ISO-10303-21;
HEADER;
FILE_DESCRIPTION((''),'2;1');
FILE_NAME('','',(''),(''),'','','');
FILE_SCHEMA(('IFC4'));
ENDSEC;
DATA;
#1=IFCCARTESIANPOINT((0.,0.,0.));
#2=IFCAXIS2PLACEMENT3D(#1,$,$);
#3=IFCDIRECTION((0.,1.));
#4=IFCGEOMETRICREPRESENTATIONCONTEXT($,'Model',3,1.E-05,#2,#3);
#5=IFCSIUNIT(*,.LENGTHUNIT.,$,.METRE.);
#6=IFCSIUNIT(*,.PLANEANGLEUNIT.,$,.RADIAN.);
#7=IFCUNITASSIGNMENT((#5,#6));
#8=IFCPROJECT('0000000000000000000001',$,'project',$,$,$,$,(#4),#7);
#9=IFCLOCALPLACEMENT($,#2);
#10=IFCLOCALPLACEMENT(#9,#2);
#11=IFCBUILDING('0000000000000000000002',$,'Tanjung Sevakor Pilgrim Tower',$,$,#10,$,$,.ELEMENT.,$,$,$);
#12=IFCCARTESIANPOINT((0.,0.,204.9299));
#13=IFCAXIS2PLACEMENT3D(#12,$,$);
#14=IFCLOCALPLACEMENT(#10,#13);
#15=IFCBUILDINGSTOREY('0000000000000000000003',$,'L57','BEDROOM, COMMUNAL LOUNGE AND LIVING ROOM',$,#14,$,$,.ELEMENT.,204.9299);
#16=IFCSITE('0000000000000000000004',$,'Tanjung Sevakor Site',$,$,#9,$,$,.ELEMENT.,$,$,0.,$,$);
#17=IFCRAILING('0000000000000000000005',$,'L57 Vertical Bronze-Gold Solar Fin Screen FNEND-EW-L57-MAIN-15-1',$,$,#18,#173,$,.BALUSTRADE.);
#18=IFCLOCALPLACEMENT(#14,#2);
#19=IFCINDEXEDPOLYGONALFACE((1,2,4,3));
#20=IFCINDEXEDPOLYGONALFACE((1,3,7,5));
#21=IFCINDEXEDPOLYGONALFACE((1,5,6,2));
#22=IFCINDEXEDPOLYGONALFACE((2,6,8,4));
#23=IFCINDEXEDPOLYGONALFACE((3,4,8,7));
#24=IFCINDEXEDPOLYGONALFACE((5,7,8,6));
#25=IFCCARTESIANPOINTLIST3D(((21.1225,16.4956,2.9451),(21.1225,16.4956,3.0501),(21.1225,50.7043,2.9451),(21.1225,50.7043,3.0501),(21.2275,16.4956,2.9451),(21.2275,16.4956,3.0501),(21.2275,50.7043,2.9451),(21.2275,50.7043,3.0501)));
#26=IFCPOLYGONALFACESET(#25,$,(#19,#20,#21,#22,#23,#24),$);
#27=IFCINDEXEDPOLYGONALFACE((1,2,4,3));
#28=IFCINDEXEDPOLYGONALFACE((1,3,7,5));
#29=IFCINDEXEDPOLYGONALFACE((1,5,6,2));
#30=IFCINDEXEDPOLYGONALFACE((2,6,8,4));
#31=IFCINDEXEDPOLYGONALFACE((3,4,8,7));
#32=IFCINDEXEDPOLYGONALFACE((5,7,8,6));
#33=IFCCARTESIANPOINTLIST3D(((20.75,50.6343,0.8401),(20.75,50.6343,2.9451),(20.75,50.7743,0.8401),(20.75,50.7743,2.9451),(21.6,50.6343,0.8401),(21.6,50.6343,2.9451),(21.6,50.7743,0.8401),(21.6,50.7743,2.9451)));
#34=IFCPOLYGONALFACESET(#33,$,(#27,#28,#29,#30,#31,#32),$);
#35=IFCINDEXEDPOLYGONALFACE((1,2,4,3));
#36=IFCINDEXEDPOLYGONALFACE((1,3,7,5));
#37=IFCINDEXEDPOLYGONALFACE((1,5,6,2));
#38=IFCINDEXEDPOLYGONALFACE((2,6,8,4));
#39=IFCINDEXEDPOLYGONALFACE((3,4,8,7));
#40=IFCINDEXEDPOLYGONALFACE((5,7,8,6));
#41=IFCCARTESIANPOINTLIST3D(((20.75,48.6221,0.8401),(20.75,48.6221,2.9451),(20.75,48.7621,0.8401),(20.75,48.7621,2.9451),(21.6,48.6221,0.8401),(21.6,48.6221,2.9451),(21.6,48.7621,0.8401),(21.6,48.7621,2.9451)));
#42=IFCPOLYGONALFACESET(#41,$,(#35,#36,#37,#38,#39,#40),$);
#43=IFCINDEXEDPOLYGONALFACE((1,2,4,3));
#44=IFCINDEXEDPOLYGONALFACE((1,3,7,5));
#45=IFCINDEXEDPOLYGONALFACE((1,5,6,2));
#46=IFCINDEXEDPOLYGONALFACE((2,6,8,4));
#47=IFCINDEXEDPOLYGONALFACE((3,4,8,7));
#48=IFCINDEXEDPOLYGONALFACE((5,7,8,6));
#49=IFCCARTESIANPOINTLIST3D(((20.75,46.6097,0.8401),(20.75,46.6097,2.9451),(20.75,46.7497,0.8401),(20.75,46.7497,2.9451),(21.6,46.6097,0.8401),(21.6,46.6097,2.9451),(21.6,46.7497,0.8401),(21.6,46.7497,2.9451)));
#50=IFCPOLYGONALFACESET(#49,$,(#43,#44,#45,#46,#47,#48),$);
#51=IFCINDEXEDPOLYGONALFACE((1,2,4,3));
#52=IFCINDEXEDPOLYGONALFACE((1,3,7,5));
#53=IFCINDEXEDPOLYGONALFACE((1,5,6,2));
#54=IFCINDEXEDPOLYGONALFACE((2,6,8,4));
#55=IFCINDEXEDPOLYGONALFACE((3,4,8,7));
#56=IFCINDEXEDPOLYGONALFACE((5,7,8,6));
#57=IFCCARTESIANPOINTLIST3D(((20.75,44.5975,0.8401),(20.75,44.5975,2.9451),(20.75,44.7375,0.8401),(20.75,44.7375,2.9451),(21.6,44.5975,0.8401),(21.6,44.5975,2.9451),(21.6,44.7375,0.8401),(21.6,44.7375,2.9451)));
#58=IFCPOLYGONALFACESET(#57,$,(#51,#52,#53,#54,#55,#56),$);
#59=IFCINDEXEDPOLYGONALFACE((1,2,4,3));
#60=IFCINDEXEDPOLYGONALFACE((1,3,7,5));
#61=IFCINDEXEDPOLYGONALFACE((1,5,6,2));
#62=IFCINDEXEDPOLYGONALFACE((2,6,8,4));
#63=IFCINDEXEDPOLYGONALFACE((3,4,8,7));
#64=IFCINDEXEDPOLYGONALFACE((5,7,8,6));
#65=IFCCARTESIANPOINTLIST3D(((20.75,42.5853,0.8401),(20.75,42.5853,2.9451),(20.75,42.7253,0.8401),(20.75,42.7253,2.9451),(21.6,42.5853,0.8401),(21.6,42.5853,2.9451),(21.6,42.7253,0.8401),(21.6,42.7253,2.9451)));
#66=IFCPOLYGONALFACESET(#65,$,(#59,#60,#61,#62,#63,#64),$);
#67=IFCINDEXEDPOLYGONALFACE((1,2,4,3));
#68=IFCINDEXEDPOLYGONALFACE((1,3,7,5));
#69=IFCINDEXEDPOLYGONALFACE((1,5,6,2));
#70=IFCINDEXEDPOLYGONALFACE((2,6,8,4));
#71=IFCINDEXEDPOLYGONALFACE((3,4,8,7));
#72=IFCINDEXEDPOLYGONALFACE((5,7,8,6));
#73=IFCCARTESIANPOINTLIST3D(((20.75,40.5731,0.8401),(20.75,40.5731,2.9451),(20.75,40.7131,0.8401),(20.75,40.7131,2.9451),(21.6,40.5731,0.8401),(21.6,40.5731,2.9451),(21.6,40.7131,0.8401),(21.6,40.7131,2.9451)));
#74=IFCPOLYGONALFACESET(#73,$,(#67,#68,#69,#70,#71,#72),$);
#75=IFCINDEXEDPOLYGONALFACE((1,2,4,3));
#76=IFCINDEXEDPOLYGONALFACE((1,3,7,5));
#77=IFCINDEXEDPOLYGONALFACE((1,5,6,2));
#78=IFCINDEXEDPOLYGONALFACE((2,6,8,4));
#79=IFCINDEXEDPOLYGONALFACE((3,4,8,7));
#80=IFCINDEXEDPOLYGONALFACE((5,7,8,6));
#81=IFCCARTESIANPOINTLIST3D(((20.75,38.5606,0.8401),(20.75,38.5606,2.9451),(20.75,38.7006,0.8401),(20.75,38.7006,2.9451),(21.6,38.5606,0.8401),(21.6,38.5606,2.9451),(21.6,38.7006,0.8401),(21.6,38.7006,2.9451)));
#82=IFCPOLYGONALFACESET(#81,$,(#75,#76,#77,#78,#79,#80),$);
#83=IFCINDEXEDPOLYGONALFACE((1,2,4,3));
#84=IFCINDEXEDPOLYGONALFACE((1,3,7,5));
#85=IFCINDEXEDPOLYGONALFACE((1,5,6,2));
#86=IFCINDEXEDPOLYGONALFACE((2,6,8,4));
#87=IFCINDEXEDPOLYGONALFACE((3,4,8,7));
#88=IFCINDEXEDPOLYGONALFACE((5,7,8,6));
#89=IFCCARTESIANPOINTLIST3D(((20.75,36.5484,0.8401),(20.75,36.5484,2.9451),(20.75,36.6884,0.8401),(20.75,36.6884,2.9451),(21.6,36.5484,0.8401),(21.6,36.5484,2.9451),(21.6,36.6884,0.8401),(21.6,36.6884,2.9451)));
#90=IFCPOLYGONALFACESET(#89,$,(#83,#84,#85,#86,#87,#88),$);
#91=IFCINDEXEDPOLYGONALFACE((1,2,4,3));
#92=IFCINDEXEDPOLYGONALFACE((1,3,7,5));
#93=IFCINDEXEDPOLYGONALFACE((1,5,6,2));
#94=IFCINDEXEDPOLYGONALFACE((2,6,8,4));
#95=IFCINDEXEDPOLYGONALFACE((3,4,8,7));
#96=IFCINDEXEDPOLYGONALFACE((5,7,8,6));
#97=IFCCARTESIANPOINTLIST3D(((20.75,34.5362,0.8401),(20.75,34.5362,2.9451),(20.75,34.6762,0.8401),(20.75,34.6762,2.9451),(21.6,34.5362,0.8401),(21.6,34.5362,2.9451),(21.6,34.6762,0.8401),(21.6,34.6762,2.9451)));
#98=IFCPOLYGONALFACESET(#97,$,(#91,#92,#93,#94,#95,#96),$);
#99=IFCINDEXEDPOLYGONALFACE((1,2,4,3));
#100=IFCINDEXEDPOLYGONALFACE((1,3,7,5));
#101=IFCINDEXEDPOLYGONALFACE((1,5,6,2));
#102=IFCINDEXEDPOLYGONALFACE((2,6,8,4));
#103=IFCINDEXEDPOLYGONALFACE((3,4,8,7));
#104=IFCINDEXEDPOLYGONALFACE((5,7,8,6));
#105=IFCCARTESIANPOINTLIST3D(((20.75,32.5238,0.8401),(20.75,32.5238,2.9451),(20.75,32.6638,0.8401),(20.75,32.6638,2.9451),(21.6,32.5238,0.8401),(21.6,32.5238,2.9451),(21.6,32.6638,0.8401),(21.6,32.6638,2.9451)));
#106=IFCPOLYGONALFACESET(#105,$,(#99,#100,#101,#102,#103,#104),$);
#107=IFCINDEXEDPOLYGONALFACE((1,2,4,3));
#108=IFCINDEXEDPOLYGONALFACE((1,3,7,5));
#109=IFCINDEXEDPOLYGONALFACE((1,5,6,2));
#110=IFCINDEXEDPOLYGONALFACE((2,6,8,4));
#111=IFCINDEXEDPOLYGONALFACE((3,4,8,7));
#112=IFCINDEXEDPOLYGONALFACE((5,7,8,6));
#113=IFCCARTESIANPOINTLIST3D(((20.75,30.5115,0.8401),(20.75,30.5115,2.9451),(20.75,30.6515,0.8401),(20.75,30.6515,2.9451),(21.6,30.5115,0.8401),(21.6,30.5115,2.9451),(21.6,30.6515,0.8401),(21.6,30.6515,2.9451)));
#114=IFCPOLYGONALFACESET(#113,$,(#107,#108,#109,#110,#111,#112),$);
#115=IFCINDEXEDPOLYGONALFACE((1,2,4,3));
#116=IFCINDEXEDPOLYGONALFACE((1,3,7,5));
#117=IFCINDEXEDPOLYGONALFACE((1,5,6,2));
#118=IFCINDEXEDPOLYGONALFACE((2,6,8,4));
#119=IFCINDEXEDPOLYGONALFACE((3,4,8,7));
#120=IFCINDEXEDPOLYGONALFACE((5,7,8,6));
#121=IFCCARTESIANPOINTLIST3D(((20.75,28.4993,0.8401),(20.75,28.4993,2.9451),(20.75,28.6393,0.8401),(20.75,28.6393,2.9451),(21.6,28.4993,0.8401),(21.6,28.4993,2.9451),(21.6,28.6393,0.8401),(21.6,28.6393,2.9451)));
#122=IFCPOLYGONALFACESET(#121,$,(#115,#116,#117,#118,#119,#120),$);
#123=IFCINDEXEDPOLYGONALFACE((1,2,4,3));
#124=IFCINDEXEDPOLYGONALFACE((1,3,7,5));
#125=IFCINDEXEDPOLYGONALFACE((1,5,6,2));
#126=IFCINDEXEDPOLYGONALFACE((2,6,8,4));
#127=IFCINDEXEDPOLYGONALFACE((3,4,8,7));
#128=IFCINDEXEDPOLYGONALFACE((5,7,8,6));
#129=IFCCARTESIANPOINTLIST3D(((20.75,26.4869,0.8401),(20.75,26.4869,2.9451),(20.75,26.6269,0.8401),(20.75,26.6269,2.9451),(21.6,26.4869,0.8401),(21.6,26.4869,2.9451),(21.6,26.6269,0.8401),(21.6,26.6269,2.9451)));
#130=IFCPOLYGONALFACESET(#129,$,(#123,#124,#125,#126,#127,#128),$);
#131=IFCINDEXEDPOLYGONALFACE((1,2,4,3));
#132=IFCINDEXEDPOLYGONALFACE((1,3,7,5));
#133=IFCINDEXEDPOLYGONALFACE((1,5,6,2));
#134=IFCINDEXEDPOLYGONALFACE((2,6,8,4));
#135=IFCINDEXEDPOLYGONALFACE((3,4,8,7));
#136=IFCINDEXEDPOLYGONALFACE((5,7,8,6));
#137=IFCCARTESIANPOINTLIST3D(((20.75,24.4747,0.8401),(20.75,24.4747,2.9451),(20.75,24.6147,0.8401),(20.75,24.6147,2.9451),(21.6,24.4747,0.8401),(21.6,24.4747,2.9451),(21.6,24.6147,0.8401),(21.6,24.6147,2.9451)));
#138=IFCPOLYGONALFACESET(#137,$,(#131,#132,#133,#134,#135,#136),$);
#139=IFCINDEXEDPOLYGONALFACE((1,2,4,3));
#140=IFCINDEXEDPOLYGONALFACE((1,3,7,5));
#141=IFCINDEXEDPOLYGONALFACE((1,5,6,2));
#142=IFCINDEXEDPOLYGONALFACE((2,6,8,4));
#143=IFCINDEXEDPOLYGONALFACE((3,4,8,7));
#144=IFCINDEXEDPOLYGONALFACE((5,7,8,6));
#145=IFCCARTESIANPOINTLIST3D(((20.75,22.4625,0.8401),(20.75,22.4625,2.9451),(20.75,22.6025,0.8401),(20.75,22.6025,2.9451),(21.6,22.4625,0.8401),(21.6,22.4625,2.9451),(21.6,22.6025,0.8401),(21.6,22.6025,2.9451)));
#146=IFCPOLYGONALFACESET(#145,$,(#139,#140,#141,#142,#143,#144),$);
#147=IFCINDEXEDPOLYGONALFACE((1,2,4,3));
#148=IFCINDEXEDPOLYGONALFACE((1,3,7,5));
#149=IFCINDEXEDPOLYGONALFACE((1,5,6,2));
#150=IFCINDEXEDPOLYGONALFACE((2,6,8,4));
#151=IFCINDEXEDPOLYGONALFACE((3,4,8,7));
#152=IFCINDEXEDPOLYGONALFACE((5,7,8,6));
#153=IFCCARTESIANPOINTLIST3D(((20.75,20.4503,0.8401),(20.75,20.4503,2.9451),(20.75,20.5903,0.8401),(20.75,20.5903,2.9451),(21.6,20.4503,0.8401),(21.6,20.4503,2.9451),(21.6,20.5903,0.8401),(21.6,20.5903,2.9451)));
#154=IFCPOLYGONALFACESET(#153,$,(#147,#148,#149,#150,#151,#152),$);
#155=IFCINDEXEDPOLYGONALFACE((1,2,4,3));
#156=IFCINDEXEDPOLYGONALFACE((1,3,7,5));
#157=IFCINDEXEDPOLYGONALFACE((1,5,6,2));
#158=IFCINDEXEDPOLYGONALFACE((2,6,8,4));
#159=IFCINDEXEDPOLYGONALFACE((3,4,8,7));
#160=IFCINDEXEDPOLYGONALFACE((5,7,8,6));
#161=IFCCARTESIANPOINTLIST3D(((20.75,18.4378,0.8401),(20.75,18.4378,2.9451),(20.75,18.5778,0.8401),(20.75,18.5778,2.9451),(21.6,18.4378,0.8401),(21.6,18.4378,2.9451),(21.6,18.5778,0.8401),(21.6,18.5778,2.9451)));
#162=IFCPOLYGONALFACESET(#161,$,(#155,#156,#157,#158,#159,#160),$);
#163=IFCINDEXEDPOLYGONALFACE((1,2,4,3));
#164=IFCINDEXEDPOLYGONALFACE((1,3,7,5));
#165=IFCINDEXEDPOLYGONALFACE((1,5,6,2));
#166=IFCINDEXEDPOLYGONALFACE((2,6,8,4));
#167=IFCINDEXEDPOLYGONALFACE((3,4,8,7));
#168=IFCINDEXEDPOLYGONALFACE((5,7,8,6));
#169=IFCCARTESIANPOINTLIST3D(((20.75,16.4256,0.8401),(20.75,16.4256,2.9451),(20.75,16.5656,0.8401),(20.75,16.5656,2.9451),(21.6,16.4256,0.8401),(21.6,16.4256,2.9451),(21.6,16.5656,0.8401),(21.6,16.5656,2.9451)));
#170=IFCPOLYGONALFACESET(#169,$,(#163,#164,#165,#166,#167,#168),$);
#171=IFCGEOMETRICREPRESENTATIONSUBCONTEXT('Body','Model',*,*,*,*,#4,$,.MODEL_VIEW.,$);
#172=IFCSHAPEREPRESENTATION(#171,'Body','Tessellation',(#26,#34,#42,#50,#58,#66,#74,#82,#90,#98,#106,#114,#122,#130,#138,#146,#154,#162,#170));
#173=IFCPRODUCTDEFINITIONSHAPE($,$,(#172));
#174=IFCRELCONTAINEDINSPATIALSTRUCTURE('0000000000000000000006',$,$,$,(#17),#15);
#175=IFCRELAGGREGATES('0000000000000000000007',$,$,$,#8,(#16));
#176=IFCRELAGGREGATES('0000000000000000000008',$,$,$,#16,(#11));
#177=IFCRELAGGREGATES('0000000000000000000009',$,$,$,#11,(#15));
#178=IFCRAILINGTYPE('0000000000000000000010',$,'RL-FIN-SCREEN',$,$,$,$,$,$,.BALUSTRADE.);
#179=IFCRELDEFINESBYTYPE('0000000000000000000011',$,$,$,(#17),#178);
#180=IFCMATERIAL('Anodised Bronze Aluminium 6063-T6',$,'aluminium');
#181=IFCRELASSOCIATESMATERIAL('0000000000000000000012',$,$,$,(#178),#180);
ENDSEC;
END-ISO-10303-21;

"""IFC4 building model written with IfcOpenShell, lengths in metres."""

from ifc_helpers import new_model, si_unit, direction, frame, origin, place, context, subcontext, project, spatial, rectangle, extrude, material, type_object, element, save


model = new_model("IFC4")

# Units and contexts
model_context = context("Model", 3, precision=1e-05, world=origin(), true_north=direction((0.0, 1.0)))
body_context = subcontext(model_context, "Body", "Model", "MODEL_VIEW")
ifc_project = project(units=[si_unit("LENGTHUNIT", "METRE"), si_unit("PLANEANGLEUNIT", "RADIAN")], contexts=[model_context])

# Site, building, storey
site_placement = place(None, origin())
site = spatial("IfcSite", under=ifc_project, at=site_placement, Name="Tanjung Sevakor Site", CompositionType="ELEMENT", RefElevation=0.0)
building_placement = place(site_placement, origin())
building = spatial("IfcBuilding", under=site, at=building_placement, Name="Tanjung Sevakor Pilgrim Tower", CompositionType="ELEMENT")
storey_placement = place(building_placement, frame((0.0, 0.0, 204.9299)))
storey = spatial("IfcBuildingStorey", under=building, at=storey_placement, Name="L57", Description="BEDROOM, COMMUNAL LOUNGE AND LIVING ROOM", CompositionType="ELEMENT", Elevation=204.9299)

# Railing
ifc_material_1 = material(Name="Anodised Bronze Aluminium 6063-T6", Category="aluminium")
railing_type_1 = type_object("IfcRailingType", Name="RL-FIN-SCREEN", PredefinedType="BALUSTRADE", material=ifc_material_1)
railing_1_placement = place(storey_placement, frame((21.175, 50.7043, 0.8401)))
element("IfcRailing", 1, at=railing_1_placement, inside=storey, type_object=railing_type_1, Name="L57 Vertical Bronze-Gold Solar Fin Screen FNEND-EW-L57-MAIN-15-1", PredefinedType="BALUSTRADE", context=body_context, shape_type="SweptSolid", body=[
    extrude(rectangle(XDim=0.105, YDim=0.105), frame((0.0, 0.0, 2.1575), z_axis=(0.0, -1.0, 0.0), x_axis=(1.0, 0.0, 0.0)), (0.0, 0.0, 1.0), 34.2087),
    extrude(rectangle(XDim=0.85, YDim=0.14), origin(), (0.0, 0.0, 1.0), 2.105),
    extrude(rectangle(XDim=0.85, YDim=0.14), frame((0.0, -2.0122, 0.0)), (0.0, 0.0, 1.0), 2.105),
    extrude(rectangle(XDim=0.85, YDim=0.14), frame((0.0, -4.0247, 0.0)), (0.0, 0.0, 1.0), 2.105),
    extrude(rectangle(XDim=0.85, YDim=0.14), frame((0.0, -6.0369, 0.0)), (0.0, 0.0, 1.0), 2.105),
    extrude(rectangle(XDim=0.85, YDim=0.14), frame((0.0, -8.0491, 0.0)), (0.0, 0.0, 1.0), 2.105),
    extrude(rectangle(XDim=0.85, YDim=0.14), frame((0.0, -10.0613, 0.0)), (0.0, 0.0, 1.0), 2.105),
    extrude(rectangle(XDim=0.85, YDim=0.14), frame((0.0, -12.0737, 0.0)), (0.0, 0.0, 1.0), 2.105),
    extrude(rectangle(XDim=0.85, YDim=0.14), frame((0.0, -14.0859, 0.0)), (0.0, 0.0, 1.0), 2.105),
    extrude(rectangle(XDim=0.85, YDim=0.14), frame((0.0, -16.0981, 0.0)), (0.0, 0.0, 1.0), 2.105),
    extrude(rectangle(XDim=0.85, YDim=0.14), frame((0.0, -18.1106, 0.0)), (0.0, 0.0, 1.0), 2.105),
    extrude(rectangle(XDim=0.85, YDim=0.14), frame((0.0, -20.1228, 0.0)), (0.0, 0.0, 1.0), 2.105),
    extrude(rectangle(XDim=0.85, YDim=0.14), frame((0.0, -22.135, 0.0)), (0.0, 0.0, 1.0), 2.105),
    extrude(rectangle(XDim=0.85, YDim=0.14), frame((0.0, -24.1475, 0.0)), (0.0, 0.0, 1.0), 2.105),
    extrude(rectangle(XDim=0.85, YDim=0.14), frame((0.0, -26.1597, 0.0)), (0.0, 0.0, 1.0), 2.105),
    extrude(rectangle(XDim=0.85, YDim=0.14), frame((0.0, -28.1719, 0.0)), (0.0, 0.0, 1.0), 2.105),
    extrude(rectangle(XDim=0.85, YDim=0.14), frame((0.0, -30.1841, 0.0)), (0.0, 0.0, 1.0), 2.105),
    extrude(rectangle(XDim=0.85, YDim=0.14), frame((0.0, -32.1965, 0.0)), (0.0, 0.0, 1.0), 2.105),
    extrude(rectangle(XDim=0.85, YDim=0.14), frame((0.0, -34.2087, 0.0)), (0.0, 0.0, 1.0), 2.105),
])

save(model, "model.ifc")
